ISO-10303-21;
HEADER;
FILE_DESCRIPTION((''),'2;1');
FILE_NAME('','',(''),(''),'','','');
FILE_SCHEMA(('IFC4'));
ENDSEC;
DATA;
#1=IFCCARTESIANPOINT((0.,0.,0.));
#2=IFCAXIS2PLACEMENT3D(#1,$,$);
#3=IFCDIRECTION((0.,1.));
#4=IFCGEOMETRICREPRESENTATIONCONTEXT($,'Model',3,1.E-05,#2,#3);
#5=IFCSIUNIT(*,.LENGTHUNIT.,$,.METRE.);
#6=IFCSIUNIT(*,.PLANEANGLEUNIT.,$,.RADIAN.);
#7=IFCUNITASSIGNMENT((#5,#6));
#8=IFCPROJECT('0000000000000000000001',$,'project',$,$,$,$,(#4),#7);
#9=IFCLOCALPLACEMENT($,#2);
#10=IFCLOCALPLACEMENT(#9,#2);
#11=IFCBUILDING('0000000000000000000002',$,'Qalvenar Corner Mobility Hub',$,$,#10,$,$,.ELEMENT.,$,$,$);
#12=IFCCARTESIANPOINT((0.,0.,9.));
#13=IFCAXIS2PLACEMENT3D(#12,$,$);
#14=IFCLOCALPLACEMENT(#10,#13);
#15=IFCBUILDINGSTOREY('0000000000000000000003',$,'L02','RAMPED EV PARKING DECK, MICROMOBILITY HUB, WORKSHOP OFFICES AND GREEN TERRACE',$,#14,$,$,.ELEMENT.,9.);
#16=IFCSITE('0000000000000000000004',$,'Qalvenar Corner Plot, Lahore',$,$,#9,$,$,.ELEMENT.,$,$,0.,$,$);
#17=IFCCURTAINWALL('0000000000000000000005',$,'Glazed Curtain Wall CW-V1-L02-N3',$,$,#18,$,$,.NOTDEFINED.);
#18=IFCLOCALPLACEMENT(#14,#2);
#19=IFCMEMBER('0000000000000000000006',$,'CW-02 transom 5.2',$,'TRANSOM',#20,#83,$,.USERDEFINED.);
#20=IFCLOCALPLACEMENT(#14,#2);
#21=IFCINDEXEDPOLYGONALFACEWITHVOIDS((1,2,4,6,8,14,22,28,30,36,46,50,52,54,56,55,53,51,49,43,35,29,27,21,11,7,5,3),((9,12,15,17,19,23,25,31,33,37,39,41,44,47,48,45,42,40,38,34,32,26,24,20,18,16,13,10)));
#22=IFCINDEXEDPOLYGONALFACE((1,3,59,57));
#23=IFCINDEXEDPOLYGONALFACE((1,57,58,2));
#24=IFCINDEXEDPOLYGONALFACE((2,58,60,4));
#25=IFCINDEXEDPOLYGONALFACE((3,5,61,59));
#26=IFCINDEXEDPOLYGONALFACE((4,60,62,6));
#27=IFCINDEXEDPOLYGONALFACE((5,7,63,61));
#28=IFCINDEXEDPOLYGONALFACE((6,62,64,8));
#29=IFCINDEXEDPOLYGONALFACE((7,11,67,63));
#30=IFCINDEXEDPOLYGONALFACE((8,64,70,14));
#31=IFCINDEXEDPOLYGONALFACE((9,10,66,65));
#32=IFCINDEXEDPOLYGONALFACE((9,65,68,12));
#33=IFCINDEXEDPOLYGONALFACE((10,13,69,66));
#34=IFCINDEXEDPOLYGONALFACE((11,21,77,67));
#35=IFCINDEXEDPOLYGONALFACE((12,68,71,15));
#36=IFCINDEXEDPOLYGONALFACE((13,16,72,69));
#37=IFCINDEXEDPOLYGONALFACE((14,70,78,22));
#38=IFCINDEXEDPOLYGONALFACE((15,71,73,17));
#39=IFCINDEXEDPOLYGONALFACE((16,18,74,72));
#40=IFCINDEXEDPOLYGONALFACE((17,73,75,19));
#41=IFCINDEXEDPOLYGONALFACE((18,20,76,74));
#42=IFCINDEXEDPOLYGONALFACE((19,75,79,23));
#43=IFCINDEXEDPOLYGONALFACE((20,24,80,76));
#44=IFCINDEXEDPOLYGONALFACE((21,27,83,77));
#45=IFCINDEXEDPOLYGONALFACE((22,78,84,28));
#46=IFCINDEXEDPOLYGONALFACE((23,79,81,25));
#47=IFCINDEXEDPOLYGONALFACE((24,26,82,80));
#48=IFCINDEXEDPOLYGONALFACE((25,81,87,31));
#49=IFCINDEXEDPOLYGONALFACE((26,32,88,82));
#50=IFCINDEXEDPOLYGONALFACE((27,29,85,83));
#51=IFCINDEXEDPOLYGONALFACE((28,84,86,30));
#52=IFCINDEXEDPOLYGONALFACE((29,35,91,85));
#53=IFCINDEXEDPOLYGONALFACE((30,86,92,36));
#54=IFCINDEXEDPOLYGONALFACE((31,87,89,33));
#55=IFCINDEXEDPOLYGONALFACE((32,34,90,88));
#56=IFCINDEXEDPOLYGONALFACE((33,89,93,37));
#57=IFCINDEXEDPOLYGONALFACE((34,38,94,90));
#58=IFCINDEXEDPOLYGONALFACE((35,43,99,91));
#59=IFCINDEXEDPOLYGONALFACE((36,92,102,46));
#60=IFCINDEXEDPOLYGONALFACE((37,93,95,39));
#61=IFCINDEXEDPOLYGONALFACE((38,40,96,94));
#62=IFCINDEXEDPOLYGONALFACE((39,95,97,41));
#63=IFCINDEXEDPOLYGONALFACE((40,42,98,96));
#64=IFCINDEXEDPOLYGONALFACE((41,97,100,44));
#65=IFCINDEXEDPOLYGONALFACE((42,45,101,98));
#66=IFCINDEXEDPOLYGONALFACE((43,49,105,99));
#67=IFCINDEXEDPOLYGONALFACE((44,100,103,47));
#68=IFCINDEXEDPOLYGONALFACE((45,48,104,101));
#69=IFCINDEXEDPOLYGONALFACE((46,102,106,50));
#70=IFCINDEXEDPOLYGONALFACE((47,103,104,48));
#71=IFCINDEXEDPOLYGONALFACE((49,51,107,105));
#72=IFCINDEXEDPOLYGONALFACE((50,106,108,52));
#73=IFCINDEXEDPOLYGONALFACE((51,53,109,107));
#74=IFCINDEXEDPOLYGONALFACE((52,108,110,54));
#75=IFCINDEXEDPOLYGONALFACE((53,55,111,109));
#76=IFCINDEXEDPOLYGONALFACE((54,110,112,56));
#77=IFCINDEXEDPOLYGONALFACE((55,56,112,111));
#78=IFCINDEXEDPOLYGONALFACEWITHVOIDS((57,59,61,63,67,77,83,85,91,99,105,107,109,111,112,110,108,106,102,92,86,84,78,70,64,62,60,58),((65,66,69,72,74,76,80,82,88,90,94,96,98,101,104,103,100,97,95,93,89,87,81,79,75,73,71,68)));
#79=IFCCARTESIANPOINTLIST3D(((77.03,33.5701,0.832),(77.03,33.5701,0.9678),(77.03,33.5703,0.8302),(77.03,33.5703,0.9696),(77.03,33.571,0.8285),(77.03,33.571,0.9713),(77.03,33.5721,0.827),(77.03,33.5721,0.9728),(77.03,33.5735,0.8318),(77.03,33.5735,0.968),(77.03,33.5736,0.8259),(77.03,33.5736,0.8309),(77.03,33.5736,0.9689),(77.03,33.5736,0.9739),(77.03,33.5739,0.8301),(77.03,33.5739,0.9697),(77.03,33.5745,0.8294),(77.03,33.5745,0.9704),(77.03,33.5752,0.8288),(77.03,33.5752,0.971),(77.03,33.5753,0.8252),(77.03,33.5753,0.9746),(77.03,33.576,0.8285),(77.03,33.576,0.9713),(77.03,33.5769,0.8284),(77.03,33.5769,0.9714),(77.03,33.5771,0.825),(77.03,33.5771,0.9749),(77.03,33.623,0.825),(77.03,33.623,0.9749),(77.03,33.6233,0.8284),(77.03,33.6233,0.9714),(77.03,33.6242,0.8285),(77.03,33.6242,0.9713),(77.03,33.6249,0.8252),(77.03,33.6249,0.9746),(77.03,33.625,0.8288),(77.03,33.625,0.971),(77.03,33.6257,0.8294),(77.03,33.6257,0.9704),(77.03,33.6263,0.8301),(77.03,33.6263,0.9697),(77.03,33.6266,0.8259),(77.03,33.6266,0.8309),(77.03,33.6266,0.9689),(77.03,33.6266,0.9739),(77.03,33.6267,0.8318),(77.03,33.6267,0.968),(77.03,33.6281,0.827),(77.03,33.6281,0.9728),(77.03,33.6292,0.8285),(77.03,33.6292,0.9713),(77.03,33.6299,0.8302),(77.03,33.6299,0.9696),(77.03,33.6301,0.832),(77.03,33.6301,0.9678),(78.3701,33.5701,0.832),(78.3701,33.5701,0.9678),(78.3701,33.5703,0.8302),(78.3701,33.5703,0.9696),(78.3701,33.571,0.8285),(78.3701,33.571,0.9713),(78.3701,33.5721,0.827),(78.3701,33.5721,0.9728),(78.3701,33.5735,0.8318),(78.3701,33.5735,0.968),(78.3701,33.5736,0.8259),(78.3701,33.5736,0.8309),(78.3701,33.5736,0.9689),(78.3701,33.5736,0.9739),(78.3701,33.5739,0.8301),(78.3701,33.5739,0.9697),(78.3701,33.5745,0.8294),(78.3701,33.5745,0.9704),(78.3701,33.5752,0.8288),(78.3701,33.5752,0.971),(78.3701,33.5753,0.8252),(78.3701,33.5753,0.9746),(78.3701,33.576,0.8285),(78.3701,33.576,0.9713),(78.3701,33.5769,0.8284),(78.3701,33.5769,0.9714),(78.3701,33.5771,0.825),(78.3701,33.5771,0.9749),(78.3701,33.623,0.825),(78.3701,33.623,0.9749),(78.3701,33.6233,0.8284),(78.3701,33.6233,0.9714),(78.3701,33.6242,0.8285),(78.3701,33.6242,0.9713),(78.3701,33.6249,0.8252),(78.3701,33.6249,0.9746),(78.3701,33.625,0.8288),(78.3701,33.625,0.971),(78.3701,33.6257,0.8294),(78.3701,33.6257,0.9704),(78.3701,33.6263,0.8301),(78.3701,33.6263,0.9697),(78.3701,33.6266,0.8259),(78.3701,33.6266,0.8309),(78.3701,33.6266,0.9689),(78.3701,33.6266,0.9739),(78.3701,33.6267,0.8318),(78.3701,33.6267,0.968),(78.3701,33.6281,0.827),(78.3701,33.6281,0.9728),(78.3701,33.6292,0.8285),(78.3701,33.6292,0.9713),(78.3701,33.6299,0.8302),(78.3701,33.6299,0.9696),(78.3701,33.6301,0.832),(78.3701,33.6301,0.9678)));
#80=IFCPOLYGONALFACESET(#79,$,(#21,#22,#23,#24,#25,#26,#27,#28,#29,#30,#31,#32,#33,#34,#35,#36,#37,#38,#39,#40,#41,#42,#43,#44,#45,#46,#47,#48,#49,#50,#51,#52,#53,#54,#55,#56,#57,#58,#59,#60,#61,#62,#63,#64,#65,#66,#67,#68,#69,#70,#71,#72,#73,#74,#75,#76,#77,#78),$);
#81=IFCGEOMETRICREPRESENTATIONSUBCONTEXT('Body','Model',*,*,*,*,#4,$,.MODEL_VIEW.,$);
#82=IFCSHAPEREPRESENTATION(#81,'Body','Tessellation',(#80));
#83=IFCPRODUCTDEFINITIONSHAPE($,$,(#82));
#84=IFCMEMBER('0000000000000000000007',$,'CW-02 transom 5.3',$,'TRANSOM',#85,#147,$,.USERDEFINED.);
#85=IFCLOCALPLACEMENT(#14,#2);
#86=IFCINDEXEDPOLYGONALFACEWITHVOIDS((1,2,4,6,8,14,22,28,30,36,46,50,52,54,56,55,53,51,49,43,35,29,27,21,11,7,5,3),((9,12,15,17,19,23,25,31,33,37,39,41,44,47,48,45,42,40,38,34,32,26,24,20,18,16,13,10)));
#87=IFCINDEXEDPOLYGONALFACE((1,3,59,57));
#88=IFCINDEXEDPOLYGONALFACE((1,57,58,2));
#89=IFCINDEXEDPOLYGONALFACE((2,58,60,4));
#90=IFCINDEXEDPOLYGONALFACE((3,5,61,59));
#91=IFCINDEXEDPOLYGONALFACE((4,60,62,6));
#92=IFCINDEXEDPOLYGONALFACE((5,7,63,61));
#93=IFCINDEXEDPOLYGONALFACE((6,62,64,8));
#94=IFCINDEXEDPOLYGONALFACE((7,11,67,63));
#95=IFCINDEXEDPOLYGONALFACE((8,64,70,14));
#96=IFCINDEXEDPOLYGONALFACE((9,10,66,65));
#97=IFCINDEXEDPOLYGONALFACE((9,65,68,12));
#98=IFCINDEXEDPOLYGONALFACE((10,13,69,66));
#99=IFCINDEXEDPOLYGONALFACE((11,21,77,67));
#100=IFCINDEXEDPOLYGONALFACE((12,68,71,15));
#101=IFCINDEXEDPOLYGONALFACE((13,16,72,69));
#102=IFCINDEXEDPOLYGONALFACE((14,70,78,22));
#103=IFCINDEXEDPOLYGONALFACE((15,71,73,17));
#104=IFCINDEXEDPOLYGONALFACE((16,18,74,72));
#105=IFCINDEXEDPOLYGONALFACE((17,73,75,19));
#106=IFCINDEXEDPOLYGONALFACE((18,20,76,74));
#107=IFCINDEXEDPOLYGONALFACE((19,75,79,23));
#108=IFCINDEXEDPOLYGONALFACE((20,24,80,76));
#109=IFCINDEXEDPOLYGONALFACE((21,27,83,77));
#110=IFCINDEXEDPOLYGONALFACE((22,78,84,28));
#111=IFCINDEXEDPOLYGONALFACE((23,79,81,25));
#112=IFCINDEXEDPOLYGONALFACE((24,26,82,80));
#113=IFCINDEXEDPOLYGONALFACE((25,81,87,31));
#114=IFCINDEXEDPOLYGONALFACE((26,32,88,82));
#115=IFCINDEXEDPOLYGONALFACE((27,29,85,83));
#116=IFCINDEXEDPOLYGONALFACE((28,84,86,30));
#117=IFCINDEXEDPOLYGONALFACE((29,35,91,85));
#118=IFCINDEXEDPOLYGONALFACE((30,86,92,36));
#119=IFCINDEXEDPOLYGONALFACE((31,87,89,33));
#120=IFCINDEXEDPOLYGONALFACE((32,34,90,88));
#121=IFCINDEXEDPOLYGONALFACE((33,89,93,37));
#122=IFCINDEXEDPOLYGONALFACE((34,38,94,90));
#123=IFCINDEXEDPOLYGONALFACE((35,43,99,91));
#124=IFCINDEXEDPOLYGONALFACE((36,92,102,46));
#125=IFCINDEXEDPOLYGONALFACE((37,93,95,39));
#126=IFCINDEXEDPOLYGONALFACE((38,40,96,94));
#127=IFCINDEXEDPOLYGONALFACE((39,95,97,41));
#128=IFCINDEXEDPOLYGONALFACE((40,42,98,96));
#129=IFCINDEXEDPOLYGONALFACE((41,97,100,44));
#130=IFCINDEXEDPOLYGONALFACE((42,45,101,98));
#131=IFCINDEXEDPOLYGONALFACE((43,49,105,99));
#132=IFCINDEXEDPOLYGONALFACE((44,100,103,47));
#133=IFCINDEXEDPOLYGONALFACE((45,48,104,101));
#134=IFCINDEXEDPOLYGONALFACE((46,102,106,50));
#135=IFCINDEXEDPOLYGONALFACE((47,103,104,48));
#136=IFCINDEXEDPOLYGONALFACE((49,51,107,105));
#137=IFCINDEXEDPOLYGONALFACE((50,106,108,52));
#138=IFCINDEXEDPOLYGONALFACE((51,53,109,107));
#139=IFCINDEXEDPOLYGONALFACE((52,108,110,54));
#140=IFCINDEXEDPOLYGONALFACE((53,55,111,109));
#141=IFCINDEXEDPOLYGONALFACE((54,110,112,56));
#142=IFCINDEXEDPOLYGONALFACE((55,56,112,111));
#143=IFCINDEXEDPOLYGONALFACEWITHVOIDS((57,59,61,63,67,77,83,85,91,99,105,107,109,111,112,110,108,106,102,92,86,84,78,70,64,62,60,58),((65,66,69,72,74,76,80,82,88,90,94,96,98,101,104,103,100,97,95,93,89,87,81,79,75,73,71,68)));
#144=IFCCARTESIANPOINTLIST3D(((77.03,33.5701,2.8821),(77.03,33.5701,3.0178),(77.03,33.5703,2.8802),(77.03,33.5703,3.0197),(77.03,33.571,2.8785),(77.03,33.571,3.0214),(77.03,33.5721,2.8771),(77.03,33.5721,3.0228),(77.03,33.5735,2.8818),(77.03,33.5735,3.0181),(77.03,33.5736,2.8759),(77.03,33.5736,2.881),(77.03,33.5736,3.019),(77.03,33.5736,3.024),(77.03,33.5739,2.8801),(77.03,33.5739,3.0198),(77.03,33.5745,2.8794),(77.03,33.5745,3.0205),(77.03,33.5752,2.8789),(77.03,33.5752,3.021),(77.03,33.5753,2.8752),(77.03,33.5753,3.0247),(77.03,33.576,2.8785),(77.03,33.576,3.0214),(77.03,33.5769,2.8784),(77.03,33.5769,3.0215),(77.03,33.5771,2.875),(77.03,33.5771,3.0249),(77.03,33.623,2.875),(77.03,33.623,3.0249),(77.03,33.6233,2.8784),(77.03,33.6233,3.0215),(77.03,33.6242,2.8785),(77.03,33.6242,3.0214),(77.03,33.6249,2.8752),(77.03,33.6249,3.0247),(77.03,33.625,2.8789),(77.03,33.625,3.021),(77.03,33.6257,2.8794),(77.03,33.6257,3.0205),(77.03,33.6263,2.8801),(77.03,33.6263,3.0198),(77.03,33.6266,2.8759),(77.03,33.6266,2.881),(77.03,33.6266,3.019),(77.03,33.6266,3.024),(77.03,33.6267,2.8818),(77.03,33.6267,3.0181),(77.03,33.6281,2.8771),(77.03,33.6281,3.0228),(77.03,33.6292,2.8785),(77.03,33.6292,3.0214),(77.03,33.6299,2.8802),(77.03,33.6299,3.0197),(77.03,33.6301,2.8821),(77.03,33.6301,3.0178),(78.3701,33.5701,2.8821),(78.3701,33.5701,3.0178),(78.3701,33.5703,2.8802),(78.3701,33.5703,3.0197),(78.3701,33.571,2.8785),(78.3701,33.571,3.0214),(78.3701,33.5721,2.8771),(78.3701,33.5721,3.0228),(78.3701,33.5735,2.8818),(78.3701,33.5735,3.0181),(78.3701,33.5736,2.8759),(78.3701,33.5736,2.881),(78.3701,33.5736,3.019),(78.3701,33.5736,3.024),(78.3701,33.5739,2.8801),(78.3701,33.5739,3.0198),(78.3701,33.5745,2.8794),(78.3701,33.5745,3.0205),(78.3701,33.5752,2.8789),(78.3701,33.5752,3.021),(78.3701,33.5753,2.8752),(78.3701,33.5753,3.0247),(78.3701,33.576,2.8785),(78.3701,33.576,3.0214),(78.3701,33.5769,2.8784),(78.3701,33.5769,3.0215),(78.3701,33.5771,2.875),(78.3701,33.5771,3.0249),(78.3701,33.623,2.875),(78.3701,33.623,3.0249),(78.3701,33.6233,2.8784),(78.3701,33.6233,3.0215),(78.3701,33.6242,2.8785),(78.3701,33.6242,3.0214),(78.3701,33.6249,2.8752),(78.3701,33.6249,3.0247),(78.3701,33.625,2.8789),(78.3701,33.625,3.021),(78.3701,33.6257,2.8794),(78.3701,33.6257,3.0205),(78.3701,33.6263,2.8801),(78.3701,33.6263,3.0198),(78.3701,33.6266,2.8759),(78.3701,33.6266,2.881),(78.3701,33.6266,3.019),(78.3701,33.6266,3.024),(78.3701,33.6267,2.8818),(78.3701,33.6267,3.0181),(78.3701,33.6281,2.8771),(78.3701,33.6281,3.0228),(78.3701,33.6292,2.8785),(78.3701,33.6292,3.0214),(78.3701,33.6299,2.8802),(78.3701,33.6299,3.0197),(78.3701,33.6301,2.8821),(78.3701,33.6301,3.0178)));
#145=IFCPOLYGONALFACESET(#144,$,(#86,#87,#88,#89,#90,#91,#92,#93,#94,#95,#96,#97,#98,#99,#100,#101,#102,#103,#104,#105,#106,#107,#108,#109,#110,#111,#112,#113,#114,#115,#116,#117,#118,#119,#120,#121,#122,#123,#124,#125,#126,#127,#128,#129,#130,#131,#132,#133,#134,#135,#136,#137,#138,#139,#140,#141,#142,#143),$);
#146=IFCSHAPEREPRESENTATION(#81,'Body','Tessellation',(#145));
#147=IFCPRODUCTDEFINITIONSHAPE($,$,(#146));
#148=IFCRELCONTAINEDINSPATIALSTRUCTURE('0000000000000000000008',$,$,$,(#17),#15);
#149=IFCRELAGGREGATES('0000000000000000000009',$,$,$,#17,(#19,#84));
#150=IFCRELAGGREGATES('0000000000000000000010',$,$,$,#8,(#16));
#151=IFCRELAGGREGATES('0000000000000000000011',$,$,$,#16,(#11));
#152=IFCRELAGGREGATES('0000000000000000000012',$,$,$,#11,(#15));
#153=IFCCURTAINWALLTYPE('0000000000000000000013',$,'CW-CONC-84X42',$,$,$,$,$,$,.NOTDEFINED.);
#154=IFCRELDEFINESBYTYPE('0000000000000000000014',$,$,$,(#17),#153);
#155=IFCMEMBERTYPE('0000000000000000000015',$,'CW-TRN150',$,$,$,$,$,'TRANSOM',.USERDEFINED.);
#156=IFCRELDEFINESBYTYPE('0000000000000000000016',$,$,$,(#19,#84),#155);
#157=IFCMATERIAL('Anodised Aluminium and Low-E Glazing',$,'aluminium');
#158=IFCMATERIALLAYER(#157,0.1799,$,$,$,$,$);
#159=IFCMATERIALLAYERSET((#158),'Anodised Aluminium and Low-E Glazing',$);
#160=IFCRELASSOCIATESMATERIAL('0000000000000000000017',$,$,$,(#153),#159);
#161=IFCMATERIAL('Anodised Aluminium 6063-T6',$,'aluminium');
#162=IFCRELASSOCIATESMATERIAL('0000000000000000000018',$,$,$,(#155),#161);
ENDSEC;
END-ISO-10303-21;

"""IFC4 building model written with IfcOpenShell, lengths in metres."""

from ifc_helpers import new_model, si_unit, direction, frame, origin, origin_2d, place, context, subcontext, project, spatial, hollow_rectangle, extrude, material, layer, layer_set, material_profile, profile_set, type_object, element, aggregate, save


model = new_model("IFC4")

# Units and contexts
model_context = context("Model", 3, precision=1e-05, world=origin(), true_north=direction((0.0, 1.0)))
body_context = subcontext(model_context, "Body", "Model", "MODEL_VIEW")
ifc_project = project(units=[si_unit("LENGTHUNIT", "METRE"), si_unit("PLANEANGLEUNIT", "RADIAN")], contexts=[model_context])

# Site, building, storey
site_placement = place(None, origin())
site = spatial("IfcSite", under=ifc_project, at=site_placement, Name="Qalvenar Corner Plot, Lahore", CompositionType="ELEMENT", RefElevation=0.0)
building_placement = place(site_placement, origin())
building = spatial("IfcBuilding", under=site, at=building_placement, Name="Qalvenar Corner Mobility Hub", CompositionType="ELEMENT")
storey_placement = place(building_placement, frame((0.0, 0.0, 9.0)))
storey = spatial("IfcBuildingStorey", under=building, at=storey_placement, Name="L02", Description="RAMPED EV PARKING DECK, MICROMOBILITY HUB, WORKSHOP OFFICES AND GREEN TERRACE", CompositionType="ELEMENT", Elevation=9.0)

# Curtain wall, members
ifc_material_1 = material(Name="Anodised Aluminium and Low-E Glazing", Category="aluminium")
ifc_layer_1 = layer(ifc_material_1, 0.1799)
ifc_layer_set_1 = layer_set([ifc_layer_1], Name="Anodised Aluminium and Low-E Glazing")
curtain_wall_type = type_object("IfcCurtainWallType", Name="CW-CONC-84X42", PredefinedType="NOTDEFINED", material=ifc_layer_set_1)
curtain_wall_placement = place(storey_placement, origin())
curtain_wall = element("IfcCurtainWall", 1, at=curtain_wall_placement, inside=storey, type_object=curtain_wall_type, Name="Glazed Curtain Wall CW-V1-L02-N3", PredefinedType="NOTDEFINED")
ifc_material_2 = material(Name="Anodised Aluminium 6063-T6", Category="aluminium")
ifc_material_profile_1 = material_profile(ifc_material_2, hollow_rectangle(XDim=0.0601, YDim=0.1499, WallThickness=0.0034, InnerFilletRadius=0.0034, OuterFilletRadius=0.0071, at=origin_2d()), Name="RHS150x60x3.5")
ifc_profile_set_1 = profile_set([ifc_material_profile_1], Name="Anodised Aluminium 6063-T6")
member_type_1 = type_object("IfcMemberType", Name="CW-TRN150", ElementType="TRANSOM", PredefinedType="USERDEFINED", material=ifc_profile_set_1)
member_1_placement = place(storey_placement, frame((78.3701, 33.6001, 0.8999), z_axis=(-1.0, 0.0, 0.0), x_axis=(0.0, -1.0, 0.0)))
member_1 = element("IfcMember", 2, at=member_1_placement, type_object=member_type_1, Name="CW-02 transom 5.2", ObjectType="TRANSOM", PredefinedType="USERDEFINED", context=body_context, shape_type="SweptSolid", body=[
    extrude(hollow_rectangle(XDim=0.0601, YDim=0.1499, WallThickness=0.0034, InnerFilletRadius=0.0034, OuterFilletRadius=0.0071, at=origin_2d()), origin(), (0.0, 0.0, 1.0), 1.3401),
])
member_2_placement = place(storey_placement, frame((78.3701, 33.6001, 2.95), z_axis=(-1.0, 0.0, 0.0), x_axis=(0.0, -1.0, 0.0)))
member_2 = element("IfcMember", 3, at=member_2_placement, type_object=member_type_1, Name="CW-02 transom 5.3", ObjectType="TRANSOM", PredefinedType="USERDEFINED", context=body_context, shape_type="SweptSolid", body=[
    extrude(hollow_rectangle(XDim=0.0601, YDim=0.1499, WallThickness=0.0034, InnerFilletRadius=0.0034, OuterFilletRadius=0.0071, at=origin_2d()), origin(), (0.0, 0.0, 1.0), 1.3401),
])
aggregate(curtain_wall, [member_1, member_2])

save(model, "model.ifc")
